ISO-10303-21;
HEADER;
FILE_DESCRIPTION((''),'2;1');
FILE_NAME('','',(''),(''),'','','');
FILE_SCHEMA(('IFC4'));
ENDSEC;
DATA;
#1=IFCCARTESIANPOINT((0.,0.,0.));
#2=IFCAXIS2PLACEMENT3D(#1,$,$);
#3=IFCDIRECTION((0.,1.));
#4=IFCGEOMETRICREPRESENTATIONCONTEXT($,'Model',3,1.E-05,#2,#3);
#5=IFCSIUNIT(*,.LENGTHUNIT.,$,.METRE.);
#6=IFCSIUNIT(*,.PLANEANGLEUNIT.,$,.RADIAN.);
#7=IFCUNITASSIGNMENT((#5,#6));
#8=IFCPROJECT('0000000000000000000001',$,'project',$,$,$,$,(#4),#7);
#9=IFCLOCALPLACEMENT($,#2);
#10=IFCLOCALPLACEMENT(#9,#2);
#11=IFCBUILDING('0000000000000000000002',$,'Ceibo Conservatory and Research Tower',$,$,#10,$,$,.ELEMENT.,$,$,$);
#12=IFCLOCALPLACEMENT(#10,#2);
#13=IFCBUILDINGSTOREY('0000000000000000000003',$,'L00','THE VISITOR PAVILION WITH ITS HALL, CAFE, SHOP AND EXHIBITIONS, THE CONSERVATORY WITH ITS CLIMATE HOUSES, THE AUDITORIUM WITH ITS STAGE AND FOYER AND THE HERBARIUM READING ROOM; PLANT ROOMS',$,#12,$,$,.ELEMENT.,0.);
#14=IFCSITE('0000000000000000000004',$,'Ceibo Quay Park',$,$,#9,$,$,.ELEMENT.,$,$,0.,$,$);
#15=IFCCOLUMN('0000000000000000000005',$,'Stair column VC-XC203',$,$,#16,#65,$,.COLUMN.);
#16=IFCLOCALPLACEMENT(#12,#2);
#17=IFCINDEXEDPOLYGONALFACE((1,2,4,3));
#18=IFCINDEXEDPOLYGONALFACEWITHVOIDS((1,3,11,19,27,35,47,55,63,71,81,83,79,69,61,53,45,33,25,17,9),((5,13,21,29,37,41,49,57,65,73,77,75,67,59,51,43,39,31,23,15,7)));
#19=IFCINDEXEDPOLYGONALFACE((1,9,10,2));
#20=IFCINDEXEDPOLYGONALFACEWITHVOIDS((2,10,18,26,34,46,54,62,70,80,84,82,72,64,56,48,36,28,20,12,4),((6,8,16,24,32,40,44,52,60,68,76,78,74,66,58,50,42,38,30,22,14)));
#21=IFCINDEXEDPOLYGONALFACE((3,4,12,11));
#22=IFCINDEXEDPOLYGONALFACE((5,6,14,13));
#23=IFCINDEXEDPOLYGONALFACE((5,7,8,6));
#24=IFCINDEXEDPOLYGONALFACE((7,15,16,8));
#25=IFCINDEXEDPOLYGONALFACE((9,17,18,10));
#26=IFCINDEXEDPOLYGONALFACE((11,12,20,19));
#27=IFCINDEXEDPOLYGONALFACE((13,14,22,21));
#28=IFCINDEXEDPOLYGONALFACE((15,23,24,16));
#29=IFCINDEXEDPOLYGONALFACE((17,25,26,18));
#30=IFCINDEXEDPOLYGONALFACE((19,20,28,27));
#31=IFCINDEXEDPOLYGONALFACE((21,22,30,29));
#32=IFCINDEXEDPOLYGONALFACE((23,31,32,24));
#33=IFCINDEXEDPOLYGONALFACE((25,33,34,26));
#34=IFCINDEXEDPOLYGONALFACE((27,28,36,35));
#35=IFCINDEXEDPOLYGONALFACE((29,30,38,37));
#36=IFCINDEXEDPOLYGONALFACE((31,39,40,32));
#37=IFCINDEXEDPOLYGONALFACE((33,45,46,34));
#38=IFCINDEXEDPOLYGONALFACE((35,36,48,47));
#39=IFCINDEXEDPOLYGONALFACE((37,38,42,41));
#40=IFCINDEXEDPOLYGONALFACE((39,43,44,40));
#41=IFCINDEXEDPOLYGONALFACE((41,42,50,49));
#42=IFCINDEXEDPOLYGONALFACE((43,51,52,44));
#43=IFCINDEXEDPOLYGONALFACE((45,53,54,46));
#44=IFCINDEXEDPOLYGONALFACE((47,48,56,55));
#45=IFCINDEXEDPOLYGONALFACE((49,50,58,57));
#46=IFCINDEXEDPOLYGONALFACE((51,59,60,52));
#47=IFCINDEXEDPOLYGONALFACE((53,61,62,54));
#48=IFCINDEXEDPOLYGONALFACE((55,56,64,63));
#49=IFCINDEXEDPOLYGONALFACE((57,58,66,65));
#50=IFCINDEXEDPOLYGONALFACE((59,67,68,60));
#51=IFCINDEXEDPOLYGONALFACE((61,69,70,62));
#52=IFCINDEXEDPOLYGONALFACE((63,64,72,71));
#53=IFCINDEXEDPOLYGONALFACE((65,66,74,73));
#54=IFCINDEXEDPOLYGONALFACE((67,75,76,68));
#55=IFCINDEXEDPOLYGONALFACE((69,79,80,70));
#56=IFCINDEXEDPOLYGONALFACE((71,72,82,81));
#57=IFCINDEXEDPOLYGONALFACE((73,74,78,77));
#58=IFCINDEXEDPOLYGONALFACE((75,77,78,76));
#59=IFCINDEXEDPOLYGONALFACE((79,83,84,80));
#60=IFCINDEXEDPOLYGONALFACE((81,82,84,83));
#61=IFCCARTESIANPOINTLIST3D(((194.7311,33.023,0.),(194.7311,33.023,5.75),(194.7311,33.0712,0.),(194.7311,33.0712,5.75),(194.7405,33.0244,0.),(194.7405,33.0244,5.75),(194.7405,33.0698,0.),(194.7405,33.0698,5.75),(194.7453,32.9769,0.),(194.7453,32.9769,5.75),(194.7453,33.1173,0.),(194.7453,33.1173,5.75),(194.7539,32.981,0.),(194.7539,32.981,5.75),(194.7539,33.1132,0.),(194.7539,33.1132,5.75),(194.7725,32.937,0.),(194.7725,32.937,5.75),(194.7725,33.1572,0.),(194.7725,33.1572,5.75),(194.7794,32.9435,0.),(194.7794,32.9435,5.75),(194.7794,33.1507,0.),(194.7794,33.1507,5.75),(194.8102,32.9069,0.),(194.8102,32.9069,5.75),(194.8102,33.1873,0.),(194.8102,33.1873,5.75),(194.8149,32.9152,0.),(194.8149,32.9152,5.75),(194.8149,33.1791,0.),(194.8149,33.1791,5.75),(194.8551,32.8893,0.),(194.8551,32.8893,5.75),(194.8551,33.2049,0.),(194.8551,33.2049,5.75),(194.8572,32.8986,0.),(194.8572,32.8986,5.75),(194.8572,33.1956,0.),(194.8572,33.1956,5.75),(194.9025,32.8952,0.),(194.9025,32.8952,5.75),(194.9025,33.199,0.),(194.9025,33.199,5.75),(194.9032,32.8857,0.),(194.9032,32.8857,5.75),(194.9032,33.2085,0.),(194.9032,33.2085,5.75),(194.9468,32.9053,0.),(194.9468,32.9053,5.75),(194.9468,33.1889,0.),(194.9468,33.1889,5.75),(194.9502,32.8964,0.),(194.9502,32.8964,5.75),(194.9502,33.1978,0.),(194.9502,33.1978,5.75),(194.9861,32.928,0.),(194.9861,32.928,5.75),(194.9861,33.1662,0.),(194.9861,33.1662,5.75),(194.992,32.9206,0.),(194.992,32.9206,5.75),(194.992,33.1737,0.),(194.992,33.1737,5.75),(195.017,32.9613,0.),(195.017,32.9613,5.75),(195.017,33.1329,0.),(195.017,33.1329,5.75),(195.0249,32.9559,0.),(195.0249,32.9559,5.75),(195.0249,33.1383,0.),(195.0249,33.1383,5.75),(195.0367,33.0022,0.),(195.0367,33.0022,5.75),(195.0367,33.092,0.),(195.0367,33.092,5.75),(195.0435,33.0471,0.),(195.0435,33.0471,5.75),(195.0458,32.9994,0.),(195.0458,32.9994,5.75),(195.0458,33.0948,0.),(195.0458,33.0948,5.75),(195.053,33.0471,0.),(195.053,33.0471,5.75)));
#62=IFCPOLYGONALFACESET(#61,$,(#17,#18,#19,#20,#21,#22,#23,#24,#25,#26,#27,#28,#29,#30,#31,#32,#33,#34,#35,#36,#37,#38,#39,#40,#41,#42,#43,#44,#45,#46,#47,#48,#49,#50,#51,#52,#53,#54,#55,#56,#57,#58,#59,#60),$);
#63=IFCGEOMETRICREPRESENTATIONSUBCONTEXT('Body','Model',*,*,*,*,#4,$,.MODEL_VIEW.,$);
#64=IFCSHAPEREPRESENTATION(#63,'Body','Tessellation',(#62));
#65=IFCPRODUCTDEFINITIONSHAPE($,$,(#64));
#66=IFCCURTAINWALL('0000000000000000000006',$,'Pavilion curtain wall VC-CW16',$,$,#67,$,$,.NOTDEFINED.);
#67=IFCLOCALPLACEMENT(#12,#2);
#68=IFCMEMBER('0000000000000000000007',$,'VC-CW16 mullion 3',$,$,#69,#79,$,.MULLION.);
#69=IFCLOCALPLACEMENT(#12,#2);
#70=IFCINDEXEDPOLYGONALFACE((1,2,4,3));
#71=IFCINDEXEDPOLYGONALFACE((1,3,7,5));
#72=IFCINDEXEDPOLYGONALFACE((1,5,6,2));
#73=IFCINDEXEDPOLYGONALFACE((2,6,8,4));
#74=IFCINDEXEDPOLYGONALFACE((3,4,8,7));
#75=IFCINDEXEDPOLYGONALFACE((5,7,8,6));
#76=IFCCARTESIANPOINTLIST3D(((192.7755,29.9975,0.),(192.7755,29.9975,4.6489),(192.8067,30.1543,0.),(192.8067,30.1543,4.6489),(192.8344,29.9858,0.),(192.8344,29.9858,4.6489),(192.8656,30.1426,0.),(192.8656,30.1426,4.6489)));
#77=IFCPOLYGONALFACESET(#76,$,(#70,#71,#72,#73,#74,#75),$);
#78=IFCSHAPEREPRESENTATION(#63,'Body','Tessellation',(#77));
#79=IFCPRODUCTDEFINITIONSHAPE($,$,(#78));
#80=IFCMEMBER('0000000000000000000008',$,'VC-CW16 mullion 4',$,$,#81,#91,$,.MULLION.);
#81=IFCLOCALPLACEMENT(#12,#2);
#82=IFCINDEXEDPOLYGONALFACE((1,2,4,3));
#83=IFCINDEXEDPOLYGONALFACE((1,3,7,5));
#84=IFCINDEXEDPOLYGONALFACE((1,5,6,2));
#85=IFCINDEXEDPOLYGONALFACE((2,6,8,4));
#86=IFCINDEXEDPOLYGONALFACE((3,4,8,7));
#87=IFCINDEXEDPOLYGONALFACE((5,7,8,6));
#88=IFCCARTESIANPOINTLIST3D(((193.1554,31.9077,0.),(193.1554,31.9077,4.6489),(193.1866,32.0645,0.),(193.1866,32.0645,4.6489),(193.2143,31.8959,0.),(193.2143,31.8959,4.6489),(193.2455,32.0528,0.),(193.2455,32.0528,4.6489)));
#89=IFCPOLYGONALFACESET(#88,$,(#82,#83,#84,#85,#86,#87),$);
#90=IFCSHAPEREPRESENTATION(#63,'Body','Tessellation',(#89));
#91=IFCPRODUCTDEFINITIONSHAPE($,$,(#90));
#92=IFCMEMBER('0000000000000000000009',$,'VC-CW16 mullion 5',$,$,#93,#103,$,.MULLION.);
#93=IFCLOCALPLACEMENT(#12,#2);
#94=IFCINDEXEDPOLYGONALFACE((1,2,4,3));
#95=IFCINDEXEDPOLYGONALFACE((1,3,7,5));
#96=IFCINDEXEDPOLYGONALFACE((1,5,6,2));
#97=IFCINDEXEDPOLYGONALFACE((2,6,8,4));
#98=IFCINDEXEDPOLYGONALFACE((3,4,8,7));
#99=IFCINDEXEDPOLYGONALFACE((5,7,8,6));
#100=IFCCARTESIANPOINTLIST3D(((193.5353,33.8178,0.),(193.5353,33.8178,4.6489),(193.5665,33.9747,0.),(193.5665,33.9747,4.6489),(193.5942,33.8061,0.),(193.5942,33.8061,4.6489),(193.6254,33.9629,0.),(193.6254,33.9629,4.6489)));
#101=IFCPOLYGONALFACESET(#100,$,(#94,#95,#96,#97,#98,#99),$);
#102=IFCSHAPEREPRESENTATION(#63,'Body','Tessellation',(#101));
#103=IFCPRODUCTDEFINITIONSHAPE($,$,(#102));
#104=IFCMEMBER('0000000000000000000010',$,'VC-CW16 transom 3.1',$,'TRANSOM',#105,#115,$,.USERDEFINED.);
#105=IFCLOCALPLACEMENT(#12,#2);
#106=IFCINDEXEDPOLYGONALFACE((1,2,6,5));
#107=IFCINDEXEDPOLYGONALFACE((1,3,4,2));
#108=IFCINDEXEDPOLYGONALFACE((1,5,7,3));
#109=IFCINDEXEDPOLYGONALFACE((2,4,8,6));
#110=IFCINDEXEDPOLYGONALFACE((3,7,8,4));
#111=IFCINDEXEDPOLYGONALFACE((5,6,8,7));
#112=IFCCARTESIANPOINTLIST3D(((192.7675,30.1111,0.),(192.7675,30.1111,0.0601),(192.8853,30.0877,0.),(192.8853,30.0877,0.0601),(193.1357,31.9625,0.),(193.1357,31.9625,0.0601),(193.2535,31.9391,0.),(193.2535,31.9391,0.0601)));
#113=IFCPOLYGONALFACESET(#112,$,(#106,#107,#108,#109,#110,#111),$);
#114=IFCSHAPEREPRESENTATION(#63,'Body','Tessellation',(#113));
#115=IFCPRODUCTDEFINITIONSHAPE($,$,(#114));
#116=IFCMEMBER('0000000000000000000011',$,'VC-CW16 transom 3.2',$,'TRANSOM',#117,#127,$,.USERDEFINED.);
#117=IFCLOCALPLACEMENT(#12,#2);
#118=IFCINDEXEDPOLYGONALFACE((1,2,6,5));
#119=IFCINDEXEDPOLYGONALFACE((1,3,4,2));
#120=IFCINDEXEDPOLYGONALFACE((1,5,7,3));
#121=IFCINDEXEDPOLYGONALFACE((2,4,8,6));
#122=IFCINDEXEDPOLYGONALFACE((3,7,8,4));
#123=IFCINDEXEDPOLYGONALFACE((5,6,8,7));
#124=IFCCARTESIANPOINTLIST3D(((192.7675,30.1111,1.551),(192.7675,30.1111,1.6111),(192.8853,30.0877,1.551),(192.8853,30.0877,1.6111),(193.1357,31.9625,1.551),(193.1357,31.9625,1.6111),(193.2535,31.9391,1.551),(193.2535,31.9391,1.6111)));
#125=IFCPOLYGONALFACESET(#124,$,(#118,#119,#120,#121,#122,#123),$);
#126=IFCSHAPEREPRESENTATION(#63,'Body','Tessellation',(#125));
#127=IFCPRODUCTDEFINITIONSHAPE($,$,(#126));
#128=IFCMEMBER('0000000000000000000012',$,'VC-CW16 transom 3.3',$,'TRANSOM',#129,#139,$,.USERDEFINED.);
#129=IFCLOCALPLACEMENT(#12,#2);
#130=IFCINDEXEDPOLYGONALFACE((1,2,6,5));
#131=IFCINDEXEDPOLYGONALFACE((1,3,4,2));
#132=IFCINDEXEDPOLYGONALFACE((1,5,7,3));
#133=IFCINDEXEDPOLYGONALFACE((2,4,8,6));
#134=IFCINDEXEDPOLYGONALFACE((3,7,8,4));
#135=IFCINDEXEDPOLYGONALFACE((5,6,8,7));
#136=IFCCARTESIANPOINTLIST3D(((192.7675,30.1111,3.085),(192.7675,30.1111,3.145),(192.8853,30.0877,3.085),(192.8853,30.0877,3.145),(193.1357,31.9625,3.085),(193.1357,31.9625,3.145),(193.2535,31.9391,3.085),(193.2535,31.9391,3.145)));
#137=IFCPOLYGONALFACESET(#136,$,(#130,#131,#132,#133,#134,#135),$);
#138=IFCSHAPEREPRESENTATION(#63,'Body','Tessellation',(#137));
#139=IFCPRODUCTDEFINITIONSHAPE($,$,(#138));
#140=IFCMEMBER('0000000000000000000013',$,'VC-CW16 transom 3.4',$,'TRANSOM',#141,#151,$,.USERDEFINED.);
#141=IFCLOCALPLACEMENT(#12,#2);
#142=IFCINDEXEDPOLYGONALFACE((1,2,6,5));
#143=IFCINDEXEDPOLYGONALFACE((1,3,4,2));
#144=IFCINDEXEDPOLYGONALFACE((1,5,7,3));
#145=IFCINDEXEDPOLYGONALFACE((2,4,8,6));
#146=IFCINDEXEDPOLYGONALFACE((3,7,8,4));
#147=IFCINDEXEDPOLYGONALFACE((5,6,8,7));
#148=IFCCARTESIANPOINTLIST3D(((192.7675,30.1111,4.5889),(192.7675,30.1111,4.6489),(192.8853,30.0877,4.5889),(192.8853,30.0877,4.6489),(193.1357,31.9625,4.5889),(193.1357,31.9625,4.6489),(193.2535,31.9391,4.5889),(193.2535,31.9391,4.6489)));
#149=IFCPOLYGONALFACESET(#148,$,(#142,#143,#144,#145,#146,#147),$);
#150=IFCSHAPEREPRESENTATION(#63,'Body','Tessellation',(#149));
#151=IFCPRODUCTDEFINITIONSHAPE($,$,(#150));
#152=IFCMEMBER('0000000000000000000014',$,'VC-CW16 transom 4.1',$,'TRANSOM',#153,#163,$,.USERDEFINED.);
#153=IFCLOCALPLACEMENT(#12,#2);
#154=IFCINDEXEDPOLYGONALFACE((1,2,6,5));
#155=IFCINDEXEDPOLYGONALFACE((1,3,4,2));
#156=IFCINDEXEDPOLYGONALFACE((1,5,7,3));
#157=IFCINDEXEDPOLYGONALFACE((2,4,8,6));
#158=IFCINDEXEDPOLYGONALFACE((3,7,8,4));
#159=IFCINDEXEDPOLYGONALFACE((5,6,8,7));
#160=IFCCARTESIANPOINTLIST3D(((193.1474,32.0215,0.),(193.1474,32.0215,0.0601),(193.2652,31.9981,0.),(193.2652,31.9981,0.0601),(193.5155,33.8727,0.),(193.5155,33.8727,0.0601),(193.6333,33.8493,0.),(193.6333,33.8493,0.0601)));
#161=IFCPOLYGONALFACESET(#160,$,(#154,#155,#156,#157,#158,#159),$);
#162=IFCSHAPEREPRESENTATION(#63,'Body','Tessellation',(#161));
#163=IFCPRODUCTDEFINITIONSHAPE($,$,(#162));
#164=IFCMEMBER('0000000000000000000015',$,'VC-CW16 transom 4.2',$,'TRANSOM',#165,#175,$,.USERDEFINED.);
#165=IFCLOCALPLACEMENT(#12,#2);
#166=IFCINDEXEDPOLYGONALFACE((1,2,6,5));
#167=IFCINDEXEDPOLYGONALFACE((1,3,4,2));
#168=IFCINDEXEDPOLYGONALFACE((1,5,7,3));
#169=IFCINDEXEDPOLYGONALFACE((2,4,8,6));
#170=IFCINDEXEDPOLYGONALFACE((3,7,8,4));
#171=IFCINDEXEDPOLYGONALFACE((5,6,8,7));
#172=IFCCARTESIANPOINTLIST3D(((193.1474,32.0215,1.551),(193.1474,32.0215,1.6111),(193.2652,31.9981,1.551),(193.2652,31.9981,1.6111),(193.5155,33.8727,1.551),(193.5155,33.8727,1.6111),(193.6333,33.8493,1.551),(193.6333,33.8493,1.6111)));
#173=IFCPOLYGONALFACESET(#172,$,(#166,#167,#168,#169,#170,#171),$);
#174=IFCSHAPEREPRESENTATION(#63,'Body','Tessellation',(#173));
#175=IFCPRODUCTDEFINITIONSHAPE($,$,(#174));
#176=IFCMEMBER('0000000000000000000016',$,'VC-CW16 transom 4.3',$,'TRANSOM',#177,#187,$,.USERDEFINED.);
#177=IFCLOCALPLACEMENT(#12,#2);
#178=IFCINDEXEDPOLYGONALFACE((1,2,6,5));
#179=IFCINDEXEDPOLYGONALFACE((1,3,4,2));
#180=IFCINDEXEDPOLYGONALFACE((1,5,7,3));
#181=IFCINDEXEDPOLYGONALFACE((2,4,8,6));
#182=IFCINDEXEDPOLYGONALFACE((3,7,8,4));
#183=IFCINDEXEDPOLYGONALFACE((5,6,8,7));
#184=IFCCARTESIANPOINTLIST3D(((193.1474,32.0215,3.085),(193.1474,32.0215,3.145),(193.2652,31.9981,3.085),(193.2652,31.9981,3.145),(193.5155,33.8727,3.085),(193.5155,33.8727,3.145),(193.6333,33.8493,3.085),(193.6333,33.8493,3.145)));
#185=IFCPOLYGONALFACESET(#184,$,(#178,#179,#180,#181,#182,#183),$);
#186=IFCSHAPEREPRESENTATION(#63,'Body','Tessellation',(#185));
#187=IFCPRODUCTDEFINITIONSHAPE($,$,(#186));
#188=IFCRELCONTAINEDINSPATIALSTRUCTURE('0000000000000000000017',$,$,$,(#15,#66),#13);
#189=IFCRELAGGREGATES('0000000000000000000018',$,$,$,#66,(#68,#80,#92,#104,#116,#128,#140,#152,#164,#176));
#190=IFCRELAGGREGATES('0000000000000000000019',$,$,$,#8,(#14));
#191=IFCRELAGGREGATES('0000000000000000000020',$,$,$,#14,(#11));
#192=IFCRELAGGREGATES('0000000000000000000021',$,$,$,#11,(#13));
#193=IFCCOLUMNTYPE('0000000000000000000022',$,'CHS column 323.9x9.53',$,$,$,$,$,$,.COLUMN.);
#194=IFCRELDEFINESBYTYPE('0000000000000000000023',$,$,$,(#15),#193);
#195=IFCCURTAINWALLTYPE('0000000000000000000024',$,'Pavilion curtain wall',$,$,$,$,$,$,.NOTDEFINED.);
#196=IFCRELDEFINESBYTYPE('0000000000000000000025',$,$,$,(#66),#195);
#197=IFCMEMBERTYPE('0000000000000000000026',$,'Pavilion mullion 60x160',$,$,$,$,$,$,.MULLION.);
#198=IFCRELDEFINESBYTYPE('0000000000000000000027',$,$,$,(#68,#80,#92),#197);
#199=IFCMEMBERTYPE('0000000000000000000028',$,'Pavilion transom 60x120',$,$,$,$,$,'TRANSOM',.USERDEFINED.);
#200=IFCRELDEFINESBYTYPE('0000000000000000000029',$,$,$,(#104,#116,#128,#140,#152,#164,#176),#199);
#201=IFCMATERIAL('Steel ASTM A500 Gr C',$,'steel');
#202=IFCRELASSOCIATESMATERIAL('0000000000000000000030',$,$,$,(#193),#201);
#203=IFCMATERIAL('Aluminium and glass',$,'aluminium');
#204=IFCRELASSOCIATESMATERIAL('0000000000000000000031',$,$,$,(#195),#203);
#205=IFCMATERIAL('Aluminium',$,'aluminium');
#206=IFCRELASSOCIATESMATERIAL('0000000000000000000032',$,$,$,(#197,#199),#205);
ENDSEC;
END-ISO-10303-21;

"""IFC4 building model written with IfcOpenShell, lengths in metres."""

from ifc_helpers import new_model, si_unit, direction, frame, origin, origin_2d, place, context, subcontext, project, spatial, rectangle, hollow_circle, extrude, material, material_profile, profile_set, type_object, element, aggregate, save


model = new_model("IFC4")

# Units and contexts
model_context = context("Model", 3, precision=1e-05, world=origin(), true_north=direction((0.0, 1.0)))
body_context = subcontext(model_context, "Body", "Model", "MODEL_VIEW")
ifc_project = project(units=[si_unit("LENGTHUNIT", "METRE"), si_unit("PLANEANGLEUNIT", "RADIAN")], contexts=[model_context])

# Site, building, storey
site_placement = place(None, origin())
site = spatial("IfcSite", under=ifc_project, at=site_placement, Name="Ceibo Quay Park", CompositionType="ELEMENT", RefElevation=0.0)
building_placement = place(site_placement, origin())
building = spatial("IfcBuilding", under=site, at=building_placement, Name="Ceibo Conservatory and Research Tower", CompositionType="ELEMENT")
storey_placement = place(building_placement, origin())
storey = spatial("IfcBuildingStorey", under=building, at=storey_placement, Name="L00", Description="THE VISITOR PAVILION WITH ITS HALL, CAFE, SHOP AND EXHIBITIONS, THE CONSERVATORY WITH ITS CLIMATE HOUSES, THE AUDITORIUM WITH ITS STAGE AND FOYER AND THE HERBARIUM READING ROOM; PLANT ROOMS", CompositionType="ELEMENT", Elevation=0.0)

# Column
ifc_material_1 = material(Name="Steel ASTM A500 Gr C", Category="steel")
ifc_material_profile_1 = material_profile(ifc_material_1, hollow_circle(Radius=0.1619, WallThickness=0.0095, at=origin_2d()), Name="CHS column 323.9x9.53")
ifc_profile_set_1 = profile_set([ifc_material_profile_1], Name="Steel ASTM A500 Gr C")
column_type = type_object("IfcColumnType", Name="CHS column 323.9x9.53", PredefinedType="COLUMN", material=ifc_profile_set_1)
for number, where, z_axis, x_axis, name in (
    (1, (194.8911, 33.0471, 0.0), (0.0, 0.0, 1.0), (1.0, 0.0, 0.0), "Stair column VC-XC203"),
):
    element("IfcColumn", number, at=place(storey_placement, frame(where, z_axis=z_axis, x_axis=x_axis)), inside=storey, type_object=column_type, Name=name, PredefinedType="COLUMN", context=body_context, shape_type="SweptSolid", body=[
        extrude(hollow_circle(Radius=0.1619, WallThickness=0.0095, at=origin_2d()), origin(), (0.0, 0.0, 1.0), 5.75),
    ])

# Curtain wall, members
ifc_material_2 = material(Name="Aluminium and glass", Category="aluminium")
curtain_wall_type = type_object("IfcCurtainWallType", Name="Pavilion curtain wall", PredefinedType="NOTDEFINED", material=ifc_material_2)
curtain_wall_placement = place(storey_placement, origin())
curtain_wall = element("IfcCurtainWall", 2, at=curtain_wall_placement, inside=storey, type_object=curtain_wall_type, Name="Pavilion curtain wall VC-CW16", PredefinedType="NOTDEFINED")
ifc_material_3 = material(Name="Aluminium", Category="aluminium")
ifc_material_profile_2 = material_profile(ifc_material_3, rectangle(XDim=0.0601, YDim=0.1599, at=origin_2d()), Name="AL 60x160")
ifc_profile_set_2 = profile_set([ifc_material_profile_2], Name="Aluminium")
member_type_1 = type_object("IfcMemberType", Name="Pavilion mullion 60x160", PredefinedType="MULLION", material=ifc_profile_set_2)
member_1_placement = place(storey_placement, frame((192.8206, 30.0701, 0.0), z_axis=(0.0, 0.0, 1.0), x_axis=(-0.980785, 0.19509, 0.0)))
member_1 = element("IfcMember", 3, at=member_1_placement, type_object=member_type_1, Name="VC-CW16 mullion 3", PredefinedType="MULLION", context=body_context, shape_type="SweptSolid", body=[
    extrude(rectangle(XDim=0.0601, YDim=0.1599, at=origin_2d()), origin(), (0.0, 0.0, 1.0), 4.6489),
])
member_2_placement = place(storey_placement, frame((193.2004, 31.9802, 0.0), z_axis=(0.0, 0.0, 1.0), x_axis=(-0.980785, 0.19509, 0.0)))
member_2 = element("IfcMember", 4, at=member_2_placement, type_object=member_type_1, Name="VC-CW16 mullion 4", PredefinedType="MULLION", context=body_context, shape_type="SweptSolid", body=[
    extrude(rectangle(XDim=0.0601, YDim=0.1599, at=origin_2d()), origin(), (0.0, 0.0, 1.0), 4.6489),
])
member_3_placement = place(storey_placement, frame((193.5803, 33.8904, 0.0), z_axis=(0.0, 0.0, 1.0), x_axis=(-0.980785, 0.19509, 0.0)))
member_3 = element("IfcMember", 5, at=member_3_placement, type_object=member_type_1, Name="VC-CW16 mullion 5", PredefinedType="MULLION", context=body_context, shape_type="SweptSolid", body=[
    extrude(rectangle(XDim=0.0601, YDim=0.1599, at=origin_2d()), origin(), (0.0, 0.0, 1.0), 4.6489),
])
ifc_material_profile_3 = material_profile(ifc_material_3, rectangle(XDim=0.1201, YDim=0.0601, at=origin_2d()), Name="AL 60x120")
ifc_profile_set_3 = profile_set([ifc_material_profile_3], Name="Aluminium")
member_type_2 = type_object("IfcMemberType", Name="Pavilion transom 60x120", ElementType="TRANSOM", PredefinedType="USERDEFINED", material=ifc_profile_set_3)
member_4_placement = place(storey_placement, frame((192.8264, 30.0994, 0.03), z_axis=(0.195022, 0.980799, 0.0), x_axis=(-0.980799, 0.195022, 0.0)))
member_4 = element("IfcMember", 6, at=member_4_placement, type_object=member_type_2, Name="VC-CW16 transom 3.1", ObjectType="TRANSOM", PredefinedType="USERDEFINED", context=body_context, shape_type="SweptSolid", body=[
    extrude(rectangle(XDim=0.1201, YDim=0.0601, at=origin_2d()), origin(), (0.0, 0.0, 1.0), 1.8877),
])
member_5_placement = place(storey_placement, frame((192.8264, 30.0994, 1.5811), z_axis=(0.195022, 0.980799, 0.0), x_axis=(-0.980799, 0.195022, 0.0)))
member_5 = element("IfcMember", 7, at=member_5_placement, type_object=member_type_2, Name="VC-CW16 transom 3.2", ObjectType="TRANSOM", PredefinedType="USERDEFINED", context=body_context, shape_type="SweptSolid", body=[
    extrude(rectangle(XDim=0.1201, YDim=0.0601, at=origin_2d()), origin(), (0.0, 0.0, 1.0), 1.8877),
])
member_6_placement = place(storey_placement, frame((192.8264, 30.0994, 3.115), z_axis=(0.195022, 0.980799, 0.0), x_axis=(-0.980799, 0.195022, 0.0)))
member_6 = element("IfcMember", 8, at=member_6_placement, type_object=member_type_2, Name="VC-CW16 transom 3.3", ObjectType="TRANSOM", PredefinedType="USERDEFINED", context=body_context, shape_type="SweptSolid", body=[
    extrude(rectangle(XDim=0.1201, YDim=0.0601, at=origin_2d()), origin(), (0.0, 0.0, 1.0), 1.8877),
])
member_7_placement = place(storey_placement, frame((192.8264, 30.0994, 4.6189), z_axis=(0.195022, 0.980799, 0.0), x_axis=(-0.980799, 0.195022, 0.0)))
member_7 = element("IfcMember", 9, at=member_7_placement, type_object=member_type_2, Name="VC-CW16 transom 3.4", ObjectType="TRANSOM", PredefinedType="USERDEFINED", context=body_context, shape_type="SweptSolid", body=[
    extrude(rectangle(XDim=0.1201, YDim=0.0601, at=origin_2d()), origin(), (0.0, 0.0, 1.0), 1.8877),
])
member_8_placement = place(storey_placement, frame((193.2063, 32.0098, 0.03), z_axis=(0.195046, 0.980794, 0.0), x_axis=(-0.980794, 0.195046, 0.0)))
member_8 = element("IfcMember", 10, at=member_8_placement, type_object=member_type_2, Name="VC-CW16 transom 4.1", ObjectType="TRANSOM", PredefinedType="USERDEFINED", context=body_context, shape_type="SweptSolid", body=[
    extrude(rectangle(XDim=0.1201, YDim=0.0601, at=origin_2d()), origin(), (0.0, 0.0, 1.0), 1.8875),
])
member_9_placement = place(storey_placement, frame((193.2063, 32.0098, 1.5811), z_axis=(0.195046, 0.980794, 0.0), x_axis=(-0.980794, 0.195046, 0.0)))
member_9 = element("IfcMember", 11, at=member_9_placement, type_object=member_type_2, Name="VC-CW16 transom 4.2", ObjectType="TRANSOM", PredefinedType="USERDEFINED", context=body_context, shape_type="SweptSolid", body=[
    extrude(rectangle(XDim=0.1201, YDim=0.0601, at=origin_2d()), origin(), (0.0, 0.0, 1.0), 1.8875),
])
member_10_placement = place(storey_placement, frame((193.2063, 32.0098, 3.115), z_axis=(0.195046, 0.980794, 0.0), x_axis=(-0.980794, 0.195046, 0.0)))
member_10 = element("IfcMember", 12, at=member_10_placement, type_object=member_type_2, Name="VC-CW16 transom 4.3", ObjectType="TRANSOM", PredefinedType="USERDEFINED", context=body_context, shape_type="SweptSolid", body=[
    extrude(rectangle(XDim=0.1201, YDim=0.0601, at=origin_2d()), origin(), (0.0, 0.0, 1.0), 1.8875),
])

aggregate(curtain_wall, [member_1, member_2, member_3, member_4, member_5, member_6, member_7, member_8, member_9, member_10])

save(model, "model.ifc")
